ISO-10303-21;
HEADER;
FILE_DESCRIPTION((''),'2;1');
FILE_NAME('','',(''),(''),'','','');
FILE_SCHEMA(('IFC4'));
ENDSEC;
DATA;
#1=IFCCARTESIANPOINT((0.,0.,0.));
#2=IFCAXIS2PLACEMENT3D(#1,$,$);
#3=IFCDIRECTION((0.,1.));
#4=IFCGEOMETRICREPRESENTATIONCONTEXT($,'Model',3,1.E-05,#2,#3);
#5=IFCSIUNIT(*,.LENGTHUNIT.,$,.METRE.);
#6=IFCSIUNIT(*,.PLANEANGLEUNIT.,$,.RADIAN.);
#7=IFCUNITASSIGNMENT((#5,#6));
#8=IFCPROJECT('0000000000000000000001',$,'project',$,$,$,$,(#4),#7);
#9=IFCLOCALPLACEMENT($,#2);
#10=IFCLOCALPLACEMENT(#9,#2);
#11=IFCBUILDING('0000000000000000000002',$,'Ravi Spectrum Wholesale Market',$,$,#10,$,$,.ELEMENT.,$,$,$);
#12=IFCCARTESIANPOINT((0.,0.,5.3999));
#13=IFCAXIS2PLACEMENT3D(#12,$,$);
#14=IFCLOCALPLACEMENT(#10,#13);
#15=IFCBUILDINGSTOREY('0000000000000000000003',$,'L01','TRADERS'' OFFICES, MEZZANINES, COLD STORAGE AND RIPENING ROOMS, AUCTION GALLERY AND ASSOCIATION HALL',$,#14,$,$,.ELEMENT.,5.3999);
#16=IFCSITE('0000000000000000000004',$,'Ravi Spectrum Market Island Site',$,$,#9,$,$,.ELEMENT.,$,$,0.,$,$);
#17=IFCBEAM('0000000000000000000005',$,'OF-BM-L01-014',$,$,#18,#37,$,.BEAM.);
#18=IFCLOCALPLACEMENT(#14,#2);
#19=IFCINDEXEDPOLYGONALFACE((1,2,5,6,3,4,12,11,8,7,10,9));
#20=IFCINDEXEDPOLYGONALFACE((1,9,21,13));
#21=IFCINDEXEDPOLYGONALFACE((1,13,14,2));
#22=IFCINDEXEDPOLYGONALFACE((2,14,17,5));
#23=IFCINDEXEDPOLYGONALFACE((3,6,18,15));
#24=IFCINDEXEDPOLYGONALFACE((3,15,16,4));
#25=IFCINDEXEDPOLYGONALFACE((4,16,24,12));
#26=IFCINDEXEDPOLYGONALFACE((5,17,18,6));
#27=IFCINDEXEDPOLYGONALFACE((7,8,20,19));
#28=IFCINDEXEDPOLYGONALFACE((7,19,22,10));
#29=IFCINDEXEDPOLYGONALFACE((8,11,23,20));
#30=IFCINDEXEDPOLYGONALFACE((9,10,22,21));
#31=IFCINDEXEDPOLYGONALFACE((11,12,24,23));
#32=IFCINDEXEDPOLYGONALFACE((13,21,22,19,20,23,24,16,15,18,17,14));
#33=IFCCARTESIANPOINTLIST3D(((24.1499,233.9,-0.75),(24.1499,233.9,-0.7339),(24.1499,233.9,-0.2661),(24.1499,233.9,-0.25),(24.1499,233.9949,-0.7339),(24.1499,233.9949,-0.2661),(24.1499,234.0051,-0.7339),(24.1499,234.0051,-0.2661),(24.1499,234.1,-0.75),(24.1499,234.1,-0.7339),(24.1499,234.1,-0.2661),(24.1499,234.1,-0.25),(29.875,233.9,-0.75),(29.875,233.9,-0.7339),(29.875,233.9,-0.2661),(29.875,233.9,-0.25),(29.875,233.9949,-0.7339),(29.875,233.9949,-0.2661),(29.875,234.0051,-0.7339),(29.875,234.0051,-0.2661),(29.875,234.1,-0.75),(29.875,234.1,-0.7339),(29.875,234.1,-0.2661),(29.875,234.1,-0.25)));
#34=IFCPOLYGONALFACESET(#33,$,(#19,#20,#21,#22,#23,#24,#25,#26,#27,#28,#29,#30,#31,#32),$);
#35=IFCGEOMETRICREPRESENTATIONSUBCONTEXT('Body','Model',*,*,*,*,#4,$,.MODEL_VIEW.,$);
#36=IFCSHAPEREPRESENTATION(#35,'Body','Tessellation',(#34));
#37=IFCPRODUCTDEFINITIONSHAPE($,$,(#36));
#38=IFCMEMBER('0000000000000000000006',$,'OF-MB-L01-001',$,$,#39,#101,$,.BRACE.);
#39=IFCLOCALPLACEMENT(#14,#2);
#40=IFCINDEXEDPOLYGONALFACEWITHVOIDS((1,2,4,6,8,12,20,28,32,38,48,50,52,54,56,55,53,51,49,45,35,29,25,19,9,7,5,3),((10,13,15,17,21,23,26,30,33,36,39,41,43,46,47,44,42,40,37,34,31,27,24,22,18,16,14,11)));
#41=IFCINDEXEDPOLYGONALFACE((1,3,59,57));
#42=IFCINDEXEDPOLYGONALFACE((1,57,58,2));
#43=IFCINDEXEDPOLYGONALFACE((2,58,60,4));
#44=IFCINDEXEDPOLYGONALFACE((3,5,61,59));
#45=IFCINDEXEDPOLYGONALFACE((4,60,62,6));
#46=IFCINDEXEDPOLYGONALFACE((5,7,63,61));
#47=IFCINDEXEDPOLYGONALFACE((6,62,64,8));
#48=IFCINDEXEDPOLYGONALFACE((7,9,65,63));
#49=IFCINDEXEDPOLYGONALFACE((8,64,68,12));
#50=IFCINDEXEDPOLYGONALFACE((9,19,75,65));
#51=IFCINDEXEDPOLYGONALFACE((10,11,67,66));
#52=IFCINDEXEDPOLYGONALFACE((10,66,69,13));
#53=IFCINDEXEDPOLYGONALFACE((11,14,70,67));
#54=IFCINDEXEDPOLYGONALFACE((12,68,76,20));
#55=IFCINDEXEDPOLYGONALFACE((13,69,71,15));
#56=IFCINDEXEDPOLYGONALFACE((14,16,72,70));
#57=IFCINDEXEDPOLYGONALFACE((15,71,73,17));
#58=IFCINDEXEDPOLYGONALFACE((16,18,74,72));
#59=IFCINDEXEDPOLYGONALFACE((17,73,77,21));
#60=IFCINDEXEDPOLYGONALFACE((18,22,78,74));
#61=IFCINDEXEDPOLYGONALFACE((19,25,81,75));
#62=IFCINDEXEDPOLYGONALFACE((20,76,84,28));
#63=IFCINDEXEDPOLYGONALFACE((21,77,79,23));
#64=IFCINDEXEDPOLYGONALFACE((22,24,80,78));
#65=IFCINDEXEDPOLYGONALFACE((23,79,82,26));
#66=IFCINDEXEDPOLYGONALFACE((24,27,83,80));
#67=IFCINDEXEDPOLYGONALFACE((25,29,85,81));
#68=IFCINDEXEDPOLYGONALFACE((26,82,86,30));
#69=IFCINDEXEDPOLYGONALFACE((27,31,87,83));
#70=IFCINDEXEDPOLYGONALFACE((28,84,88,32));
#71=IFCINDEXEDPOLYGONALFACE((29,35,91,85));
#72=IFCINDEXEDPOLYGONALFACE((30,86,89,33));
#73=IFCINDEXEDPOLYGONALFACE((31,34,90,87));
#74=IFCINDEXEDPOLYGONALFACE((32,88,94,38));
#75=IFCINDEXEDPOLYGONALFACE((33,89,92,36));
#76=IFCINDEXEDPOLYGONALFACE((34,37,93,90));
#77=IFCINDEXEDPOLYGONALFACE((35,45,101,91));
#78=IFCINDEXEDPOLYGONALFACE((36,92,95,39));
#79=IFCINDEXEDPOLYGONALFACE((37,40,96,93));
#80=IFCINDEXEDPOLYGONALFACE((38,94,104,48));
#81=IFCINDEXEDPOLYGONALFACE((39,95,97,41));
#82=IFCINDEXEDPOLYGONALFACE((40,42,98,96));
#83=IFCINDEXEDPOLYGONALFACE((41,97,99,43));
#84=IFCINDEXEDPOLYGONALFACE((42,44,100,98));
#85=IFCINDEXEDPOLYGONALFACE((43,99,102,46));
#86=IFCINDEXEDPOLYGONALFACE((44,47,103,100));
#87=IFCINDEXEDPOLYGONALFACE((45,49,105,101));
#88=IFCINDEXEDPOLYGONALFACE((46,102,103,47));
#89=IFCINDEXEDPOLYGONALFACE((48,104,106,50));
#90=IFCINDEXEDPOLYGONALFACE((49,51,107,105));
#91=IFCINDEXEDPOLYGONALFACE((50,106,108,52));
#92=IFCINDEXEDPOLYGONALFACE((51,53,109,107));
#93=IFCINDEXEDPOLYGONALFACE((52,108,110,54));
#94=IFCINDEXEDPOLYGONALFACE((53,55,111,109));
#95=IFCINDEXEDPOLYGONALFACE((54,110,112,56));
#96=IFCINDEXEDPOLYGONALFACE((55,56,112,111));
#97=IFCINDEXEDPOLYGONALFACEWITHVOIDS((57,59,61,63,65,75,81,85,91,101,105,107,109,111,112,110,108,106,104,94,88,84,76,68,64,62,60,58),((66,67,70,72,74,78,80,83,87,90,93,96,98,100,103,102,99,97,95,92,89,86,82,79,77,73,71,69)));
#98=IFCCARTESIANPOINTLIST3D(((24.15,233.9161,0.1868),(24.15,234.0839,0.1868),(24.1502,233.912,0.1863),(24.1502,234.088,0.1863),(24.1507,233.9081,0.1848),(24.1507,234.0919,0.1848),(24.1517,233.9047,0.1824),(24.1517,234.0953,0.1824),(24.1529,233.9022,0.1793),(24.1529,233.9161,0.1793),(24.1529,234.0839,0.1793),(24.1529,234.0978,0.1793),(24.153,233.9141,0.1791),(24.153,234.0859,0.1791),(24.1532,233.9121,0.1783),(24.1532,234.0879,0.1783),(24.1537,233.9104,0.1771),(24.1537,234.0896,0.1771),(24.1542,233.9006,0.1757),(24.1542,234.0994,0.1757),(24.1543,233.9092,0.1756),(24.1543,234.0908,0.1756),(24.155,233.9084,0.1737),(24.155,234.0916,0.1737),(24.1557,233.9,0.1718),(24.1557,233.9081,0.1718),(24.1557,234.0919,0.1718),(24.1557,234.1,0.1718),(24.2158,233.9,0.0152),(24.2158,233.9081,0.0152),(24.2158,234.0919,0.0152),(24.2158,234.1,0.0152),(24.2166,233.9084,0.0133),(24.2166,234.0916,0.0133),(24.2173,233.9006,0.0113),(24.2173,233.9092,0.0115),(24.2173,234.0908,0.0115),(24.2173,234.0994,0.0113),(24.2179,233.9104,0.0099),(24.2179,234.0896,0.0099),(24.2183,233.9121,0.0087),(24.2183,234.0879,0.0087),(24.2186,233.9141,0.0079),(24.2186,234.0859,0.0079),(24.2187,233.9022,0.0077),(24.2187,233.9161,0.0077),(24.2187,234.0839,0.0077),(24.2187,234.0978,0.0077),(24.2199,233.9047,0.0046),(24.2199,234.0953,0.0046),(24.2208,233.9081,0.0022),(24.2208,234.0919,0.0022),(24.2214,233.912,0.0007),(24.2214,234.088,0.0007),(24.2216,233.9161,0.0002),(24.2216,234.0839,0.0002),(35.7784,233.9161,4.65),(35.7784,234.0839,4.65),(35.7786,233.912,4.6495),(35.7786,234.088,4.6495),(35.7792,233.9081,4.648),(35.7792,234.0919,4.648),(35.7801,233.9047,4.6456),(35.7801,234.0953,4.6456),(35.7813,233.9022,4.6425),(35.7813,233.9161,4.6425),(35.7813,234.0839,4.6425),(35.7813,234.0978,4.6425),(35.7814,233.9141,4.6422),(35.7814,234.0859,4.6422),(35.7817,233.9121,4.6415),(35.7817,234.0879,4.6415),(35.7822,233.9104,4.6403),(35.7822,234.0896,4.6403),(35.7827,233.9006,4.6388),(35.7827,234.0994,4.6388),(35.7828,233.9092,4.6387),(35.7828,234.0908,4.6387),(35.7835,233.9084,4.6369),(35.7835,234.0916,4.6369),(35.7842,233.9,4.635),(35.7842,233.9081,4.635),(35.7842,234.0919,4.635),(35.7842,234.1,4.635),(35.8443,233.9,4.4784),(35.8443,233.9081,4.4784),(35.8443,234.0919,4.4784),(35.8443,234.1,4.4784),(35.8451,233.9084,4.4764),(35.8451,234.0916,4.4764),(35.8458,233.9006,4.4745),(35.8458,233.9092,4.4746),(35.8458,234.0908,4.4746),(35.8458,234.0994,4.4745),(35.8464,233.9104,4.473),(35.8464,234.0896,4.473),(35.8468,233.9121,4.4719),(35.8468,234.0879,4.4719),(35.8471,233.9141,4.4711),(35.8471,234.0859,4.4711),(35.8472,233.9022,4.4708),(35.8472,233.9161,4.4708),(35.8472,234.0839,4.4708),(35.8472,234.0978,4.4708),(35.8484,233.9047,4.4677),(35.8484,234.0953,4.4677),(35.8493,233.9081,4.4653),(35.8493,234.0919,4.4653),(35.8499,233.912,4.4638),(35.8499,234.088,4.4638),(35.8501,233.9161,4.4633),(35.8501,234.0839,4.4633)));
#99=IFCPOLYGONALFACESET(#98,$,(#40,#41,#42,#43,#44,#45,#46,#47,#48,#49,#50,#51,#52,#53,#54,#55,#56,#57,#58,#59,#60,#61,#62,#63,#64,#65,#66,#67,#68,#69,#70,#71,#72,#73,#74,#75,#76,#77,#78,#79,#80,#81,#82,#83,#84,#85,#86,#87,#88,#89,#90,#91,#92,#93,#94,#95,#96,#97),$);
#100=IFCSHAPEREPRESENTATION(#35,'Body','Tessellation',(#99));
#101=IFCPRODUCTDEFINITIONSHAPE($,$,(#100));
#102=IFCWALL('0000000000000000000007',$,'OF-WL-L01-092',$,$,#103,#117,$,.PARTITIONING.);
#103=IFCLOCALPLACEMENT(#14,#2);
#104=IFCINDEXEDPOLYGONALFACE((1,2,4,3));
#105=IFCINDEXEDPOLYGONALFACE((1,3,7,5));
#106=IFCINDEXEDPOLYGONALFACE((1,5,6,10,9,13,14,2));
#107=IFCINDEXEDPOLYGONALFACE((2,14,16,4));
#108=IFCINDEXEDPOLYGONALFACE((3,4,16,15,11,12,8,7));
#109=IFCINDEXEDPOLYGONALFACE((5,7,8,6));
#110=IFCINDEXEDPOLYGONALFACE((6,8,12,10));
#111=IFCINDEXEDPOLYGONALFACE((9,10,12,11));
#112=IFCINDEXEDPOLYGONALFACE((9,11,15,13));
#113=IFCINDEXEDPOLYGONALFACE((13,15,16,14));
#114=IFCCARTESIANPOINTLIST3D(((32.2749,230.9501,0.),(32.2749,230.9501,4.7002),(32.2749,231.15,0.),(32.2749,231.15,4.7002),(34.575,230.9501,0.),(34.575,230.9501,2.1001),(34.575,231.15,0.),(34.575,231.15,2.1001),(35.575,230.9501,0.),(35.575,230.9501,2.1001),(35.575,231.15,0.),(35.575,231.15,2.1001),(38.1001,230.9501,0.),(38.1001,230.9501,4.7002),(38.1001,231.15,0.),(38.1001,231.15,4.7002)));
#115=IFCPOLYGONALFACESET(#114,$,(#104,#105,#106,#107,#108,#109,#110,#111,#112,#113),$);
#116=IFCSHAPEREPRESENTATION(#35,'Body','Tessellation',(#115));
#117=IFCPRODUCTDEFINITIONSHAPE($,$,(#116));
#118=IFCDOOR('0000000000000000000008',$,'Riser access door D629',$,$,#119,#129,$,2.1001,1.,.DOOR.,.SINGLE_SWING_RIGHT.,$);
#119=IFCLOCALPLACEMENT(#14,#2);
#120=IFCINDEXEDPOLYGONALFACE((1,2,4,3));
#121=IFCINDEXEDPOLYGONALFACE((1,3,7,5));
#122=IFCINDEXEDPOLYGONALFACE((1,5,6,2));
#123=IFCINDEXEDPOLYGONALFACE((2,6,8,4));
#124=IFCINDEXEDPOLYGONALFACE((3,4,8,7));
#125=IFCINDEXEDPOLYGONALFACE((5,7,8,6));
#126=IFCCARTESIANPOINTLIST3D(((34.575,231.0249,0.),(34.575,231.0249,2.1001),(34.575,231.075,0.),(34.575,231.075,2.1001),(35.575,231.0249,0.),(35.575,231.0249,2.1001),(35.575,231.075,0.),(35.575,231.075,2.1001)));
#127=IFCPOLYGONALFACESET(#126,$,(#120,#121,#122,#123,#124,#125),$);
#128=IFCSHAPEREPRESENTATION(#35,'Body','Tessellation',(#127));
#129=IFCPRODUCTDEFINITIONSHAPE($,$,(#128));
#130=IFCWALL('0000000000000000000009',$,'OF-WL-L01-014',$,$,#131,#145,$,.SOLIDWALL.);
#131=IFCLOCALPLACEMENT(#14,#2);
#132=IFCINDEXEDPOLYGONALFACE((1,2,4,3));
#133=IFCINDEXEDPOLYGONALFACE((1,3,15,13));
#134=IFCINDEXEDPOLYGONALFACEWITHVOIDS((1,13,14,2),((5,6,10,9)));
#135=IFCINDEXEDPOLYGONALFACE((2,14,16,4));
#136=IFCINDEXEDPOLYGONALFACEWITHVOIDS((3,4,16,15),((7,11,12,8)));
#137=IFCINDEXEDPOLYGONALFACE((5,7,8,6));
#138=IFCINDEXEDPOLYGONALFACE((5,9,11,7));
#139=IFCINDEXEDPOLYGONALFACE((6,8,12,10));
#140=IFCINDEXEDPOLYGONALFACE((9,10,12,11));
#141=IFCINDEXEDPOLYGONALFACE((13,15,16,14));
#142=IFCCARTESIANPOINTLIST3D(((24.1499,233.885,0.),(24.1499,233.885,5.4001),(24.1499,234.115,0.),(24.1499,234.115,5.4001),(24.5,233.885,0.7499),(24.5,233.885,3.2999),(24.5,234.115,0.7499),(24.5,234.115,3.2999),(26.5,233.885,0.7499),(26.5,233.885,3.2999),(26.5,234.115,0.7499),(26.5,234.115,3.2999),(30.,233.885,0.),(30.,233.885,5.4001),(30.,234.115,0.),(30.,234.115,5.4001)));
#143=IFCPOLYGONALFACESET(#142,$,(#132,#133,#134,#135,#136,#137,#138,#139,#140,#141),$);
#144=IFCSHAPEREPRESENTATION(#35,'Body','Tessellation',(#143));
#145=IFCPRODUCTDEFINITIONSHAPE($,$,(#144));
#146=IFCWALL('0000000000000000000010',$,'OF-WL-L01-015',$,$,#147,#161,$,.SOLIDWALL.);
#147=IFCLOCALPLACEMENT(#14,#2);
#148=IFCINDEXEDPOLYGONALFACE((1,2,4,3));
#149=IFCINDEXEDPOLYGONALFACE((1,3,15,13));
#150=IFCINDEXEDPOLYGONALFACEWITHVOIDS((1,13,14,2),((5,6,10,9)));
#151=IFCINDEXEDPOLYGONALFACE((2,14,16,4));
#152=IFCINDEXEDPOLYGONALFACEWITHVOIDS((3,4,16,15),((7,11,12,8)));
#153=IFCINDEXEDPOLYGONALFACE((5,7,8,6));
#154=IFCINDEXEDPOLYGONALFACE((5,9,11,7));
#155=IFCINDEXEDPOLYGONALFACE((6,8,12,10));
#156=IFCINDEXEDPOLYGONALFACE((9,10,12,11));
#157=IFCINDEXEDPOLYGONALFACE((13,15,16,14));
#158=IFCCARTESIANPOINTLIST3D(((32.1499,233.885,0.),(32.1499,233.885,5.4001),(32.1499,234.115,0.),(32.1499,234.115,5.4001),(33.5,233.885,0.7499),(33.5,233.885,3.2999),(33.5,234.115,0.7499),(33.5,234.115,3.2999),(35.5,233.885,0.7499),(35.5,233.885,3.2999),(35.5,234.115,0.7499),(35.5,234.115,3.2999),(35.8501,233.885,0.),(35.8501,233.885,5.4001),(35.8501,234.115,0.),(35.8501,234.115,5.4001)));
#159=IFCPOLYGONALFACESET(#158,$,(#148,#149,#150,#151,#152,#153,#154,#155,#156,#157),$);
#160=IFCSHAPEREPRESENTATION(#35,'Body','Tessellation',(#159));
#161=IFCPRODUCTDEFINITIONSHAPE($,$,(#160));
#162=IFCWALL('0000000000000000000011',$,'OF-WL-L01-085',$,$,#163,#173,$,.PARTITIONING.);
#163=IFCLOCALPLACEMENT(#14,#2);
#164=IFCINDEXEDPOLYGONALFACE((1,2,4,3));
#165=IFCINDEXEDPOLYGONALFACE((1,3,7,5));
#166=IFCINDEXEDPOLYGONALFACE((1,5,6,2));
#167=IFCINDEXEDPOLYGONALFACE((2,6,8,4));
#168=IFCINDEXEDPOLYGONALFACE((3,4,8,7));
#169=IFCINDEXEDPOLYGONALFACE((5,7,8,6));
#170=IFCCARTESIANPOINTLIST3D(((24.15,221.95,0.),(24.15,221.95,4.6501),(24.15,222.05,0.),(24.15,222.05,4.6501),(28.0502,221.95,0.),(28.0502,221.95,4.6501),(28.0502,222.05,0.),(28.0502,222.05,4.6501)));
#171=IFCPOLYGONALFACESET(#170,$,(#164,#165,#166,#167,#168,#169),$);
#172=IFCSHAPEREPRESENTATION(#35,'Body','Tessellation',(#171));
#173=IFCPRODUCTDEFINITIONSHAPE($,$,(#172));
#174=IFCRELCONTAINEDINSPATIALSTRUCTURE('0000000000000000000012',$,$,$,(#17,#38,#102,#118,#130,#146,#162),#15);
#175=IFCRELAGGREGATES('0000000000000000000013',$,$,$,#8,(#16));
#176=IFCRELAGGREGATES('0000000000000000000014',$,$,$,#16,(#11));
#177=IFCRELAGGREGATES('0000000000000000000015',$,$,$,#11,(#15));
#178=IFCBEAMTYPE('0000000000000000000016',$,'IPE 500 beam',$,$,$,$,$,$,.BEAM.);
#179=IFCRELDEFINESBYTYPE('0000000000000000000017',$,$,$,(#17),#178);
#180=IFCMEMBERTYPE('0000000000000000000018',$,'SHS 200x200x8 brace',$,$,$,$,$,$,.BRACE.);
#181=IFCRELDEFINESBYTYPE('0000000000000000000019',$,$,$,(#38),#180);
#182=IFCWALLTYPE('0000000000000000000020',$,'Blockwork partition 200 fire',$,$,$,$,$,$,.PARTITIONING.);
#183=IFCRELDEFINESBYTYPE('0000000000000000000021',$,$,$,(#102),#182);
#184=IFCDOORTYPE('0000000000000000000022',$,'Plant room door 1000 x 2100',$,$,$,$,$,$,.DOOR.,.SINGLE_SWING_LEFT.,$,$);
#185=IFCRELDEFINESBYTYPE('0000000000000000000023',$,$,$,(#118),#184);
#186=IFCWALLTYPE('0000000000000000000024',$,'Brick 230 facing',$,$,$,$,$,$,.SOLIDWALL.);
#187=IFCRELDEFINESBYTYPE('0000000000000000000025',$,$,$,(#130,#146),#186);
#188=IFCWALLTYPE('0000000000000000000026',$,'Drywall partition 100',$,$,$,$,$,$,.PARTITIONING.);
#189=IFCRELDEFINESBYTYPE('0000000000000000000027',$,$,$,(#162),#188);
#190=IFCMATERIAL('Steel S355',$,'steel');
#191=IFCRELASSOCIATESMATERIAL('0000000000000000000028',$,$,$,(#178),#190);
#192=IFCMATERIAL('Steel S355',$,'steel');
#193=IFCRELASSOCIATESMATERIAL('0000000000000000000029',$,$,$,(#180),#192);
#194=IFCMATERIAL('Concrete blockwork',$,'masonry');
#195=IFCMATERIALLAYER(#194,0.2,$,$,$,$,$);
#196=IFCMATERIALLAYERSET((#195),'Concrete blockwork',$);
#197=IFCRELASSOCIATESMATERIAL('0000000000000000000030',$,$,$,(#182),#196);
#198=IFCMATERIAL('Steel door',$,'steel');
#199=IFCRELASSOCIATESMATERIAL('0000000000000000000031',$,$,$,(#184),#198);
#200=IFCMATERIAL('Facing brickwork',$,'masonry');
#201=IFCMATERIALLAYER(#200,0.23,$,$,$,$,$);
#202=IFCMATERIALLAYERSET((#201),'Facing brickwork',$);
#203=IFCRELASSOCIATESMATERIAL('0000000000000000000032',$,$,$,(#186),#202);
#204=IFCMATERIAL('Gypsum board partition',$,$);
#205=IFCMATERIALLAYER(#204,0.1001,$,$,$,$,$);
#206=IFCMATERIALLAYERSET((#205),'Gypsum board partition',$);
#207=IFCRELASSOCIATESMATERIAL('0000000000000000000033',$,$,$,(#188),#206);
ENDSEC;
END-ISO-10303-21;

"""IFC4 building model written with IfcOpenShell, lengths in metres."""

from ifc_helpers import new_model, si_unit, direction, frame, frame_2d, origin, origin_2d, place, context, subcontext, project, spatial, rectangle, hollow_rectangle, i_section, extrude, material, layer, layer_set, material_profile, profile_set, type_object, element, fill, save


model = new_model("IFC4")

# Units and contexts
model_context = context("Model", 3, precision=1e-05, world=origin(), true_north=direction((0.0, 1.0)))
body_context = subcontext(model_context, "Body", "Model", "MODEL_VIEW")
ifc_project = project(units=[si_unit("LENGTHUNIT", "METRE"), si_unit("PLANEANGLEUNIT", "RADIAN")], contexts=[model_context])

# Site, building, storey
site_placement = place(None, origin())
site = spatial("IfcSite", under=ifc_project, at=site_placement, Name="Ravi Spectrum Market Island Site", CompositionType="ELEMENT", RefElevation=0.0)
building_placement = place(site_placement, origin())
building = spatial("IfcBuilding", under=site, at=building_placement, Name="Ravi Spectrum Wholesale Market", CompositionType="ELEMENT")
storey_placement = place(building_placement, frame((0.0, 0.0, 5.3999)))
storey = spatial("IfcBuildingStorey", under=building, at=storey_placement, Name="L01", Description="TRADERS' OFFICES, MEZZANINES, COLD STORAGE AND RIPENING ROOMS, AUCTION GALLERY AND ASSOCIATION HALL", CompositionType="ELEMENT", Elevation=5.3999)

# Beam
ifc_material_1 = material(Name="Steel S355", Category="steel")
ifc_material_profile_1 = material_profile(ifc_material_1, i_section(OverallWidth=0.2, OverallDepth=0.5, WebThickness=0.0103, FlangeThickness=0.0161, at=origin_2d()))
ifc_profile_set_1 = profile_set([ifc_material_profile_1], Name="Steel S355")
beam_type_1 = type_object("IfcBeamType", Name="IPE 500 beam", PredefinedType="BEAM", material=ifc_profile_set_1)
beam_1_placement = place(storey_placement, frame((24.1499, 234.0, -0.5), z_axis=(1.0, 0.0, 0.0), x_axis=(0.0, 1.0, 0.0)))
element("IfcBeam", 1, at=beam_1_placement, inside=storey, type_object=beam_type_1, Name="OF-BM-L01-014", PredefinedType="BEAM", context=body_context, shape_type="SweptSolid", body=[
    extrude(i_section(OverallWidth=0.2, OverallDepth=0.5, WebThickness=0.0103, FlangeThickness=0.0161, at=origin_2d()), origin(), (0.0, 0.0, 1.0), 5.7251),
])

# Member
ifc_material_2 = material(Name="Steel S355", Category="steel")
ifc_material_profile_2 = material_profile(ifc_material_2, hollow_rectangle(XDim=0.2, YDim=0.2, WallThickness=0.0081, InnerFilletRadius=0.0081, OuterFilletRadius=0.0161, at=origin_2d()))
ifc_profile_set_2 = profile_set([ifc_material_profile_2], Name="Steel S355")
member_type = type_object("IfcMemberType", Name="SHS 200x200x8 brace", PredefinedType="BRACE", material=ifc_profile_set_2)
member_placement = place(storey_placement, frame((24.1858, 234.0, 0.0935), z_axis=(0.933596, 0.0, 0.358326), x_axis=(0.0, 1.0, 0.0)))
element("IfcMember", 2, at=member_placement, inside=storey, type_object=member_type, Name="OF-MB-L01-001", PredefinedType="BRACE", context=body_context, shape_type="SweptSolid", body=[
    extrude(hollow_rectangle(XDim=0.2, YDim=0.2, WallThickness=0.0081, InnerFilletRadius=0.0081, OuterFilletRadius=0.0161, at=origin_2d()), origin(), (0.0, 0.0, 1.0), 12.4556),
])

# Wall, opening, door
ifc_material_3 = material(Name="Concrete blockwork", Category="masonry")
ifc_layer_1 = layer(ifc_material_3, 0.2)
ifc_layer_set_1 = layer_set([ifc_layer_1], Name="Concrete blockwork")
wall_type_1 = type_object("IfcWallType", Name="Blockwork partition 200 fire", PredefinedType="PARTITIONING", material=ifc_layer_set_1)
wall_1_placement = place(storey_placement, frame((32.2749, 231.05, 0.0), z_axis=(0.0, 0.0, 1.0), x_axis=(1.0, 0.0, 0.0)))
wall_1 = element("IfcWall", 3, at=wall_1_placement, inside=storey, type_object=wall_type_1, Name="OF-WL-L01-092", PredefinedType="PARTITIONING", context=body_context, shape_type="SweptSolid", body=[
    extrude(rectangle(XDim=5.8252, YDim=0.2, at=frame_2d((2.9126, 0.0))), origin(), (0.0, 0.0, 1.0), 4.7002),
])
opening_1_placement = place(wall_1_placement, frame((2.3, 0.0, 0.0)))
opening_1 = element("IfcOpeningElement", 4, at=opening_1_placement, cuts=wall_1, PredefinedType="OPENING", context=body_context, shape_type="SweptSolid", body=[
    extrude(rectangle(XDim=1.0, YDim=2.1001, at=frame_2d((0.5, 1.05))), frame((0.0, 0.1099, 0.0), z_axis=(0.0, -1.0, 0.0), x_axis=(1.0, 0.0, 0.0)), (0.0, 0.0, 1.0), 0.22),
])
ifc_material_4 = material(Name="Steel door", Category="steel")
door_type_1 = type_object("IfcDoorType", Name="Plant room door 1000 x 2100", OperationType="SINGLE_SWING_LEFT", PredefinedType="DOOR", material=ifc_material_4)
door_1_placement = place(opening_1_placement, origin())
door_1 = element("IfcDoor", 5, at=door_1_placement, inside=storey, type_object=door_type_1, Name="Riser access door D629", OperationType="SINGLE_SWING_RIGHT", OverallHeight=2.1001, OverallWidth=1.0, PredefinedType="DOOR", context=body_context, shape_type="SweptSolid", body=[
    extrude(rectangle(XDim=1.0, YDim=2.1001, at=frame_2d((0.5, 1.05))), frame((0.0, 0.0249, 0.0), z_axis=(0.0, -1.0, 0.0), x_axis=(1.0, 0.0, 0.0)), (0.0, 0.0, 1.0), 0.05),
])
fill(opening_1, door_1)

# Walls, openings
ifc_material_5 = material(Name="Facing brickwork", Category="masonry")
ifc_layer_2 = layer(ifc_material_5, 0.23)
ifc_layer_set_2 = layer_set([ifc_layer_2], Name="Facing brickwork")
wall_type_2 = type_object("IfcWallType", Name="Brick 230 facing", PredefinedType="SOLIDWALL", material=ifc_layer_set_2)
wall_2_placement = place(storey_placement, frame((24.1499, 234.0, 0.0), z_axis=(0.0, 0.0, 1.0), x_axis=(1.0, 0.0, 0.0)))
wall_2 = element("IfcWall", 6, at=wall_2_placement, inside=storey, type_object=wall_type_2, Name="OF-WL-L01-014", PredefinedType="SOLIDWALL", context=body_context, shape_type="SweptSolid", body=[
    extrude(rectangle(XDim=5.8501, YDim=0.23, at=frame_2d((2.925, 0.0))), origin(), (0.0, 0.0, 1.0), 5.4001),
])
opening_2_placement = place(wall_2_placement, frame((0.3501, 0.0, 0.75)))
element("IfcOpeningElement", 7, at=opening_2_placement, cuts=wall_2, PredefinedType="OPENING", context=body_context, shape_type="SweptSolid", body=[
    extrude(rectangle(XDim=2.0, YDim=2.55, at=frame_2d((1.0, 1.2749))), frame((0.0, 0.125, 0.0), z_axis=(0.0, -1.0, 0.0), x_axis=(1.0, 0.0, 0.0)), (0.0, 0.0, 1.0), 0.25),
])
wall_3_placement = place(storey_placement, frame((32.1499, 234.0, 0.0), z_axis=(0.0, 0.0, 1.0), x_axis=(1.0, 0.0, 0.0)))
wall_3 = element("IfcWall", 8, at=wall_3_placement, inside=storey, type_object=wall_type_2, Name="OF-WL-L01-015", PredefinedType="SOLIDWALL", context=body_context, shape_type="SweptSolid", body=[
    extrude(rectangle(XDim=3.7002, YDim=0.23, at=frame_2d((1.8501, 0.0))), origin(), (0.0, 0.0, 1.0), 5.4001),
])
opening_3_placement = place(wall_3_placement, frame((1.3501, 0.0, 0.75)))
element("IfcOpeningElement", 9, at=opening_3_placement, cuts=wall_3, PredefinedType="OPENING", context=body_context, shape_type="SweptSolid", body=[
    extrude(rectangle(XDim=2.0, YDim=2.55, at=frame_2d((1.0, 1.2749))), frame((0.0, 0.125, 0.0), z_axis=(0.0, -1.0, 0.0), x_axis=(1.0, 0.0, 0.0)), (0.0, 0.0, 1.0), 0.25),
])

# Wall
ifc_material_6 = material(Name="Gypsum board partition")
ifc_layer_3 = layer(ifc_material_6, 0.1001)
ifc_layer_set_3 = layer_set([ifc_layer_3], Name="Gypsum board partition")
wall_type_3 = type_object("IfcWallType", Name="Drywall partition 100", PredefinedType="PARTITIONING", material=ifc_layer_set_3)
wall_4_placement = place(storey_placement, frame((24.1499, 222.0, 0.0), z_axis=(0.0, 0.0, 1.0), x_axis=(1.0, 0.0, 0.0)))
element("IfcWall", 10, at=wall_4_placement, inside=storey, type_object=wall_type_3, Name="OF-WL-L01-085", PredefinedType="PARTITIONING", context=body_context, shape_type="SweptSolid", body=[
    extrude(rectangle(XDim=3.9001, YDim=0.1001, at=frame_2d((1.9502, 0.0))), origin(), (0.0, 0.0, 1.0), 4.6501),
])

save(model, "model.ifc")
